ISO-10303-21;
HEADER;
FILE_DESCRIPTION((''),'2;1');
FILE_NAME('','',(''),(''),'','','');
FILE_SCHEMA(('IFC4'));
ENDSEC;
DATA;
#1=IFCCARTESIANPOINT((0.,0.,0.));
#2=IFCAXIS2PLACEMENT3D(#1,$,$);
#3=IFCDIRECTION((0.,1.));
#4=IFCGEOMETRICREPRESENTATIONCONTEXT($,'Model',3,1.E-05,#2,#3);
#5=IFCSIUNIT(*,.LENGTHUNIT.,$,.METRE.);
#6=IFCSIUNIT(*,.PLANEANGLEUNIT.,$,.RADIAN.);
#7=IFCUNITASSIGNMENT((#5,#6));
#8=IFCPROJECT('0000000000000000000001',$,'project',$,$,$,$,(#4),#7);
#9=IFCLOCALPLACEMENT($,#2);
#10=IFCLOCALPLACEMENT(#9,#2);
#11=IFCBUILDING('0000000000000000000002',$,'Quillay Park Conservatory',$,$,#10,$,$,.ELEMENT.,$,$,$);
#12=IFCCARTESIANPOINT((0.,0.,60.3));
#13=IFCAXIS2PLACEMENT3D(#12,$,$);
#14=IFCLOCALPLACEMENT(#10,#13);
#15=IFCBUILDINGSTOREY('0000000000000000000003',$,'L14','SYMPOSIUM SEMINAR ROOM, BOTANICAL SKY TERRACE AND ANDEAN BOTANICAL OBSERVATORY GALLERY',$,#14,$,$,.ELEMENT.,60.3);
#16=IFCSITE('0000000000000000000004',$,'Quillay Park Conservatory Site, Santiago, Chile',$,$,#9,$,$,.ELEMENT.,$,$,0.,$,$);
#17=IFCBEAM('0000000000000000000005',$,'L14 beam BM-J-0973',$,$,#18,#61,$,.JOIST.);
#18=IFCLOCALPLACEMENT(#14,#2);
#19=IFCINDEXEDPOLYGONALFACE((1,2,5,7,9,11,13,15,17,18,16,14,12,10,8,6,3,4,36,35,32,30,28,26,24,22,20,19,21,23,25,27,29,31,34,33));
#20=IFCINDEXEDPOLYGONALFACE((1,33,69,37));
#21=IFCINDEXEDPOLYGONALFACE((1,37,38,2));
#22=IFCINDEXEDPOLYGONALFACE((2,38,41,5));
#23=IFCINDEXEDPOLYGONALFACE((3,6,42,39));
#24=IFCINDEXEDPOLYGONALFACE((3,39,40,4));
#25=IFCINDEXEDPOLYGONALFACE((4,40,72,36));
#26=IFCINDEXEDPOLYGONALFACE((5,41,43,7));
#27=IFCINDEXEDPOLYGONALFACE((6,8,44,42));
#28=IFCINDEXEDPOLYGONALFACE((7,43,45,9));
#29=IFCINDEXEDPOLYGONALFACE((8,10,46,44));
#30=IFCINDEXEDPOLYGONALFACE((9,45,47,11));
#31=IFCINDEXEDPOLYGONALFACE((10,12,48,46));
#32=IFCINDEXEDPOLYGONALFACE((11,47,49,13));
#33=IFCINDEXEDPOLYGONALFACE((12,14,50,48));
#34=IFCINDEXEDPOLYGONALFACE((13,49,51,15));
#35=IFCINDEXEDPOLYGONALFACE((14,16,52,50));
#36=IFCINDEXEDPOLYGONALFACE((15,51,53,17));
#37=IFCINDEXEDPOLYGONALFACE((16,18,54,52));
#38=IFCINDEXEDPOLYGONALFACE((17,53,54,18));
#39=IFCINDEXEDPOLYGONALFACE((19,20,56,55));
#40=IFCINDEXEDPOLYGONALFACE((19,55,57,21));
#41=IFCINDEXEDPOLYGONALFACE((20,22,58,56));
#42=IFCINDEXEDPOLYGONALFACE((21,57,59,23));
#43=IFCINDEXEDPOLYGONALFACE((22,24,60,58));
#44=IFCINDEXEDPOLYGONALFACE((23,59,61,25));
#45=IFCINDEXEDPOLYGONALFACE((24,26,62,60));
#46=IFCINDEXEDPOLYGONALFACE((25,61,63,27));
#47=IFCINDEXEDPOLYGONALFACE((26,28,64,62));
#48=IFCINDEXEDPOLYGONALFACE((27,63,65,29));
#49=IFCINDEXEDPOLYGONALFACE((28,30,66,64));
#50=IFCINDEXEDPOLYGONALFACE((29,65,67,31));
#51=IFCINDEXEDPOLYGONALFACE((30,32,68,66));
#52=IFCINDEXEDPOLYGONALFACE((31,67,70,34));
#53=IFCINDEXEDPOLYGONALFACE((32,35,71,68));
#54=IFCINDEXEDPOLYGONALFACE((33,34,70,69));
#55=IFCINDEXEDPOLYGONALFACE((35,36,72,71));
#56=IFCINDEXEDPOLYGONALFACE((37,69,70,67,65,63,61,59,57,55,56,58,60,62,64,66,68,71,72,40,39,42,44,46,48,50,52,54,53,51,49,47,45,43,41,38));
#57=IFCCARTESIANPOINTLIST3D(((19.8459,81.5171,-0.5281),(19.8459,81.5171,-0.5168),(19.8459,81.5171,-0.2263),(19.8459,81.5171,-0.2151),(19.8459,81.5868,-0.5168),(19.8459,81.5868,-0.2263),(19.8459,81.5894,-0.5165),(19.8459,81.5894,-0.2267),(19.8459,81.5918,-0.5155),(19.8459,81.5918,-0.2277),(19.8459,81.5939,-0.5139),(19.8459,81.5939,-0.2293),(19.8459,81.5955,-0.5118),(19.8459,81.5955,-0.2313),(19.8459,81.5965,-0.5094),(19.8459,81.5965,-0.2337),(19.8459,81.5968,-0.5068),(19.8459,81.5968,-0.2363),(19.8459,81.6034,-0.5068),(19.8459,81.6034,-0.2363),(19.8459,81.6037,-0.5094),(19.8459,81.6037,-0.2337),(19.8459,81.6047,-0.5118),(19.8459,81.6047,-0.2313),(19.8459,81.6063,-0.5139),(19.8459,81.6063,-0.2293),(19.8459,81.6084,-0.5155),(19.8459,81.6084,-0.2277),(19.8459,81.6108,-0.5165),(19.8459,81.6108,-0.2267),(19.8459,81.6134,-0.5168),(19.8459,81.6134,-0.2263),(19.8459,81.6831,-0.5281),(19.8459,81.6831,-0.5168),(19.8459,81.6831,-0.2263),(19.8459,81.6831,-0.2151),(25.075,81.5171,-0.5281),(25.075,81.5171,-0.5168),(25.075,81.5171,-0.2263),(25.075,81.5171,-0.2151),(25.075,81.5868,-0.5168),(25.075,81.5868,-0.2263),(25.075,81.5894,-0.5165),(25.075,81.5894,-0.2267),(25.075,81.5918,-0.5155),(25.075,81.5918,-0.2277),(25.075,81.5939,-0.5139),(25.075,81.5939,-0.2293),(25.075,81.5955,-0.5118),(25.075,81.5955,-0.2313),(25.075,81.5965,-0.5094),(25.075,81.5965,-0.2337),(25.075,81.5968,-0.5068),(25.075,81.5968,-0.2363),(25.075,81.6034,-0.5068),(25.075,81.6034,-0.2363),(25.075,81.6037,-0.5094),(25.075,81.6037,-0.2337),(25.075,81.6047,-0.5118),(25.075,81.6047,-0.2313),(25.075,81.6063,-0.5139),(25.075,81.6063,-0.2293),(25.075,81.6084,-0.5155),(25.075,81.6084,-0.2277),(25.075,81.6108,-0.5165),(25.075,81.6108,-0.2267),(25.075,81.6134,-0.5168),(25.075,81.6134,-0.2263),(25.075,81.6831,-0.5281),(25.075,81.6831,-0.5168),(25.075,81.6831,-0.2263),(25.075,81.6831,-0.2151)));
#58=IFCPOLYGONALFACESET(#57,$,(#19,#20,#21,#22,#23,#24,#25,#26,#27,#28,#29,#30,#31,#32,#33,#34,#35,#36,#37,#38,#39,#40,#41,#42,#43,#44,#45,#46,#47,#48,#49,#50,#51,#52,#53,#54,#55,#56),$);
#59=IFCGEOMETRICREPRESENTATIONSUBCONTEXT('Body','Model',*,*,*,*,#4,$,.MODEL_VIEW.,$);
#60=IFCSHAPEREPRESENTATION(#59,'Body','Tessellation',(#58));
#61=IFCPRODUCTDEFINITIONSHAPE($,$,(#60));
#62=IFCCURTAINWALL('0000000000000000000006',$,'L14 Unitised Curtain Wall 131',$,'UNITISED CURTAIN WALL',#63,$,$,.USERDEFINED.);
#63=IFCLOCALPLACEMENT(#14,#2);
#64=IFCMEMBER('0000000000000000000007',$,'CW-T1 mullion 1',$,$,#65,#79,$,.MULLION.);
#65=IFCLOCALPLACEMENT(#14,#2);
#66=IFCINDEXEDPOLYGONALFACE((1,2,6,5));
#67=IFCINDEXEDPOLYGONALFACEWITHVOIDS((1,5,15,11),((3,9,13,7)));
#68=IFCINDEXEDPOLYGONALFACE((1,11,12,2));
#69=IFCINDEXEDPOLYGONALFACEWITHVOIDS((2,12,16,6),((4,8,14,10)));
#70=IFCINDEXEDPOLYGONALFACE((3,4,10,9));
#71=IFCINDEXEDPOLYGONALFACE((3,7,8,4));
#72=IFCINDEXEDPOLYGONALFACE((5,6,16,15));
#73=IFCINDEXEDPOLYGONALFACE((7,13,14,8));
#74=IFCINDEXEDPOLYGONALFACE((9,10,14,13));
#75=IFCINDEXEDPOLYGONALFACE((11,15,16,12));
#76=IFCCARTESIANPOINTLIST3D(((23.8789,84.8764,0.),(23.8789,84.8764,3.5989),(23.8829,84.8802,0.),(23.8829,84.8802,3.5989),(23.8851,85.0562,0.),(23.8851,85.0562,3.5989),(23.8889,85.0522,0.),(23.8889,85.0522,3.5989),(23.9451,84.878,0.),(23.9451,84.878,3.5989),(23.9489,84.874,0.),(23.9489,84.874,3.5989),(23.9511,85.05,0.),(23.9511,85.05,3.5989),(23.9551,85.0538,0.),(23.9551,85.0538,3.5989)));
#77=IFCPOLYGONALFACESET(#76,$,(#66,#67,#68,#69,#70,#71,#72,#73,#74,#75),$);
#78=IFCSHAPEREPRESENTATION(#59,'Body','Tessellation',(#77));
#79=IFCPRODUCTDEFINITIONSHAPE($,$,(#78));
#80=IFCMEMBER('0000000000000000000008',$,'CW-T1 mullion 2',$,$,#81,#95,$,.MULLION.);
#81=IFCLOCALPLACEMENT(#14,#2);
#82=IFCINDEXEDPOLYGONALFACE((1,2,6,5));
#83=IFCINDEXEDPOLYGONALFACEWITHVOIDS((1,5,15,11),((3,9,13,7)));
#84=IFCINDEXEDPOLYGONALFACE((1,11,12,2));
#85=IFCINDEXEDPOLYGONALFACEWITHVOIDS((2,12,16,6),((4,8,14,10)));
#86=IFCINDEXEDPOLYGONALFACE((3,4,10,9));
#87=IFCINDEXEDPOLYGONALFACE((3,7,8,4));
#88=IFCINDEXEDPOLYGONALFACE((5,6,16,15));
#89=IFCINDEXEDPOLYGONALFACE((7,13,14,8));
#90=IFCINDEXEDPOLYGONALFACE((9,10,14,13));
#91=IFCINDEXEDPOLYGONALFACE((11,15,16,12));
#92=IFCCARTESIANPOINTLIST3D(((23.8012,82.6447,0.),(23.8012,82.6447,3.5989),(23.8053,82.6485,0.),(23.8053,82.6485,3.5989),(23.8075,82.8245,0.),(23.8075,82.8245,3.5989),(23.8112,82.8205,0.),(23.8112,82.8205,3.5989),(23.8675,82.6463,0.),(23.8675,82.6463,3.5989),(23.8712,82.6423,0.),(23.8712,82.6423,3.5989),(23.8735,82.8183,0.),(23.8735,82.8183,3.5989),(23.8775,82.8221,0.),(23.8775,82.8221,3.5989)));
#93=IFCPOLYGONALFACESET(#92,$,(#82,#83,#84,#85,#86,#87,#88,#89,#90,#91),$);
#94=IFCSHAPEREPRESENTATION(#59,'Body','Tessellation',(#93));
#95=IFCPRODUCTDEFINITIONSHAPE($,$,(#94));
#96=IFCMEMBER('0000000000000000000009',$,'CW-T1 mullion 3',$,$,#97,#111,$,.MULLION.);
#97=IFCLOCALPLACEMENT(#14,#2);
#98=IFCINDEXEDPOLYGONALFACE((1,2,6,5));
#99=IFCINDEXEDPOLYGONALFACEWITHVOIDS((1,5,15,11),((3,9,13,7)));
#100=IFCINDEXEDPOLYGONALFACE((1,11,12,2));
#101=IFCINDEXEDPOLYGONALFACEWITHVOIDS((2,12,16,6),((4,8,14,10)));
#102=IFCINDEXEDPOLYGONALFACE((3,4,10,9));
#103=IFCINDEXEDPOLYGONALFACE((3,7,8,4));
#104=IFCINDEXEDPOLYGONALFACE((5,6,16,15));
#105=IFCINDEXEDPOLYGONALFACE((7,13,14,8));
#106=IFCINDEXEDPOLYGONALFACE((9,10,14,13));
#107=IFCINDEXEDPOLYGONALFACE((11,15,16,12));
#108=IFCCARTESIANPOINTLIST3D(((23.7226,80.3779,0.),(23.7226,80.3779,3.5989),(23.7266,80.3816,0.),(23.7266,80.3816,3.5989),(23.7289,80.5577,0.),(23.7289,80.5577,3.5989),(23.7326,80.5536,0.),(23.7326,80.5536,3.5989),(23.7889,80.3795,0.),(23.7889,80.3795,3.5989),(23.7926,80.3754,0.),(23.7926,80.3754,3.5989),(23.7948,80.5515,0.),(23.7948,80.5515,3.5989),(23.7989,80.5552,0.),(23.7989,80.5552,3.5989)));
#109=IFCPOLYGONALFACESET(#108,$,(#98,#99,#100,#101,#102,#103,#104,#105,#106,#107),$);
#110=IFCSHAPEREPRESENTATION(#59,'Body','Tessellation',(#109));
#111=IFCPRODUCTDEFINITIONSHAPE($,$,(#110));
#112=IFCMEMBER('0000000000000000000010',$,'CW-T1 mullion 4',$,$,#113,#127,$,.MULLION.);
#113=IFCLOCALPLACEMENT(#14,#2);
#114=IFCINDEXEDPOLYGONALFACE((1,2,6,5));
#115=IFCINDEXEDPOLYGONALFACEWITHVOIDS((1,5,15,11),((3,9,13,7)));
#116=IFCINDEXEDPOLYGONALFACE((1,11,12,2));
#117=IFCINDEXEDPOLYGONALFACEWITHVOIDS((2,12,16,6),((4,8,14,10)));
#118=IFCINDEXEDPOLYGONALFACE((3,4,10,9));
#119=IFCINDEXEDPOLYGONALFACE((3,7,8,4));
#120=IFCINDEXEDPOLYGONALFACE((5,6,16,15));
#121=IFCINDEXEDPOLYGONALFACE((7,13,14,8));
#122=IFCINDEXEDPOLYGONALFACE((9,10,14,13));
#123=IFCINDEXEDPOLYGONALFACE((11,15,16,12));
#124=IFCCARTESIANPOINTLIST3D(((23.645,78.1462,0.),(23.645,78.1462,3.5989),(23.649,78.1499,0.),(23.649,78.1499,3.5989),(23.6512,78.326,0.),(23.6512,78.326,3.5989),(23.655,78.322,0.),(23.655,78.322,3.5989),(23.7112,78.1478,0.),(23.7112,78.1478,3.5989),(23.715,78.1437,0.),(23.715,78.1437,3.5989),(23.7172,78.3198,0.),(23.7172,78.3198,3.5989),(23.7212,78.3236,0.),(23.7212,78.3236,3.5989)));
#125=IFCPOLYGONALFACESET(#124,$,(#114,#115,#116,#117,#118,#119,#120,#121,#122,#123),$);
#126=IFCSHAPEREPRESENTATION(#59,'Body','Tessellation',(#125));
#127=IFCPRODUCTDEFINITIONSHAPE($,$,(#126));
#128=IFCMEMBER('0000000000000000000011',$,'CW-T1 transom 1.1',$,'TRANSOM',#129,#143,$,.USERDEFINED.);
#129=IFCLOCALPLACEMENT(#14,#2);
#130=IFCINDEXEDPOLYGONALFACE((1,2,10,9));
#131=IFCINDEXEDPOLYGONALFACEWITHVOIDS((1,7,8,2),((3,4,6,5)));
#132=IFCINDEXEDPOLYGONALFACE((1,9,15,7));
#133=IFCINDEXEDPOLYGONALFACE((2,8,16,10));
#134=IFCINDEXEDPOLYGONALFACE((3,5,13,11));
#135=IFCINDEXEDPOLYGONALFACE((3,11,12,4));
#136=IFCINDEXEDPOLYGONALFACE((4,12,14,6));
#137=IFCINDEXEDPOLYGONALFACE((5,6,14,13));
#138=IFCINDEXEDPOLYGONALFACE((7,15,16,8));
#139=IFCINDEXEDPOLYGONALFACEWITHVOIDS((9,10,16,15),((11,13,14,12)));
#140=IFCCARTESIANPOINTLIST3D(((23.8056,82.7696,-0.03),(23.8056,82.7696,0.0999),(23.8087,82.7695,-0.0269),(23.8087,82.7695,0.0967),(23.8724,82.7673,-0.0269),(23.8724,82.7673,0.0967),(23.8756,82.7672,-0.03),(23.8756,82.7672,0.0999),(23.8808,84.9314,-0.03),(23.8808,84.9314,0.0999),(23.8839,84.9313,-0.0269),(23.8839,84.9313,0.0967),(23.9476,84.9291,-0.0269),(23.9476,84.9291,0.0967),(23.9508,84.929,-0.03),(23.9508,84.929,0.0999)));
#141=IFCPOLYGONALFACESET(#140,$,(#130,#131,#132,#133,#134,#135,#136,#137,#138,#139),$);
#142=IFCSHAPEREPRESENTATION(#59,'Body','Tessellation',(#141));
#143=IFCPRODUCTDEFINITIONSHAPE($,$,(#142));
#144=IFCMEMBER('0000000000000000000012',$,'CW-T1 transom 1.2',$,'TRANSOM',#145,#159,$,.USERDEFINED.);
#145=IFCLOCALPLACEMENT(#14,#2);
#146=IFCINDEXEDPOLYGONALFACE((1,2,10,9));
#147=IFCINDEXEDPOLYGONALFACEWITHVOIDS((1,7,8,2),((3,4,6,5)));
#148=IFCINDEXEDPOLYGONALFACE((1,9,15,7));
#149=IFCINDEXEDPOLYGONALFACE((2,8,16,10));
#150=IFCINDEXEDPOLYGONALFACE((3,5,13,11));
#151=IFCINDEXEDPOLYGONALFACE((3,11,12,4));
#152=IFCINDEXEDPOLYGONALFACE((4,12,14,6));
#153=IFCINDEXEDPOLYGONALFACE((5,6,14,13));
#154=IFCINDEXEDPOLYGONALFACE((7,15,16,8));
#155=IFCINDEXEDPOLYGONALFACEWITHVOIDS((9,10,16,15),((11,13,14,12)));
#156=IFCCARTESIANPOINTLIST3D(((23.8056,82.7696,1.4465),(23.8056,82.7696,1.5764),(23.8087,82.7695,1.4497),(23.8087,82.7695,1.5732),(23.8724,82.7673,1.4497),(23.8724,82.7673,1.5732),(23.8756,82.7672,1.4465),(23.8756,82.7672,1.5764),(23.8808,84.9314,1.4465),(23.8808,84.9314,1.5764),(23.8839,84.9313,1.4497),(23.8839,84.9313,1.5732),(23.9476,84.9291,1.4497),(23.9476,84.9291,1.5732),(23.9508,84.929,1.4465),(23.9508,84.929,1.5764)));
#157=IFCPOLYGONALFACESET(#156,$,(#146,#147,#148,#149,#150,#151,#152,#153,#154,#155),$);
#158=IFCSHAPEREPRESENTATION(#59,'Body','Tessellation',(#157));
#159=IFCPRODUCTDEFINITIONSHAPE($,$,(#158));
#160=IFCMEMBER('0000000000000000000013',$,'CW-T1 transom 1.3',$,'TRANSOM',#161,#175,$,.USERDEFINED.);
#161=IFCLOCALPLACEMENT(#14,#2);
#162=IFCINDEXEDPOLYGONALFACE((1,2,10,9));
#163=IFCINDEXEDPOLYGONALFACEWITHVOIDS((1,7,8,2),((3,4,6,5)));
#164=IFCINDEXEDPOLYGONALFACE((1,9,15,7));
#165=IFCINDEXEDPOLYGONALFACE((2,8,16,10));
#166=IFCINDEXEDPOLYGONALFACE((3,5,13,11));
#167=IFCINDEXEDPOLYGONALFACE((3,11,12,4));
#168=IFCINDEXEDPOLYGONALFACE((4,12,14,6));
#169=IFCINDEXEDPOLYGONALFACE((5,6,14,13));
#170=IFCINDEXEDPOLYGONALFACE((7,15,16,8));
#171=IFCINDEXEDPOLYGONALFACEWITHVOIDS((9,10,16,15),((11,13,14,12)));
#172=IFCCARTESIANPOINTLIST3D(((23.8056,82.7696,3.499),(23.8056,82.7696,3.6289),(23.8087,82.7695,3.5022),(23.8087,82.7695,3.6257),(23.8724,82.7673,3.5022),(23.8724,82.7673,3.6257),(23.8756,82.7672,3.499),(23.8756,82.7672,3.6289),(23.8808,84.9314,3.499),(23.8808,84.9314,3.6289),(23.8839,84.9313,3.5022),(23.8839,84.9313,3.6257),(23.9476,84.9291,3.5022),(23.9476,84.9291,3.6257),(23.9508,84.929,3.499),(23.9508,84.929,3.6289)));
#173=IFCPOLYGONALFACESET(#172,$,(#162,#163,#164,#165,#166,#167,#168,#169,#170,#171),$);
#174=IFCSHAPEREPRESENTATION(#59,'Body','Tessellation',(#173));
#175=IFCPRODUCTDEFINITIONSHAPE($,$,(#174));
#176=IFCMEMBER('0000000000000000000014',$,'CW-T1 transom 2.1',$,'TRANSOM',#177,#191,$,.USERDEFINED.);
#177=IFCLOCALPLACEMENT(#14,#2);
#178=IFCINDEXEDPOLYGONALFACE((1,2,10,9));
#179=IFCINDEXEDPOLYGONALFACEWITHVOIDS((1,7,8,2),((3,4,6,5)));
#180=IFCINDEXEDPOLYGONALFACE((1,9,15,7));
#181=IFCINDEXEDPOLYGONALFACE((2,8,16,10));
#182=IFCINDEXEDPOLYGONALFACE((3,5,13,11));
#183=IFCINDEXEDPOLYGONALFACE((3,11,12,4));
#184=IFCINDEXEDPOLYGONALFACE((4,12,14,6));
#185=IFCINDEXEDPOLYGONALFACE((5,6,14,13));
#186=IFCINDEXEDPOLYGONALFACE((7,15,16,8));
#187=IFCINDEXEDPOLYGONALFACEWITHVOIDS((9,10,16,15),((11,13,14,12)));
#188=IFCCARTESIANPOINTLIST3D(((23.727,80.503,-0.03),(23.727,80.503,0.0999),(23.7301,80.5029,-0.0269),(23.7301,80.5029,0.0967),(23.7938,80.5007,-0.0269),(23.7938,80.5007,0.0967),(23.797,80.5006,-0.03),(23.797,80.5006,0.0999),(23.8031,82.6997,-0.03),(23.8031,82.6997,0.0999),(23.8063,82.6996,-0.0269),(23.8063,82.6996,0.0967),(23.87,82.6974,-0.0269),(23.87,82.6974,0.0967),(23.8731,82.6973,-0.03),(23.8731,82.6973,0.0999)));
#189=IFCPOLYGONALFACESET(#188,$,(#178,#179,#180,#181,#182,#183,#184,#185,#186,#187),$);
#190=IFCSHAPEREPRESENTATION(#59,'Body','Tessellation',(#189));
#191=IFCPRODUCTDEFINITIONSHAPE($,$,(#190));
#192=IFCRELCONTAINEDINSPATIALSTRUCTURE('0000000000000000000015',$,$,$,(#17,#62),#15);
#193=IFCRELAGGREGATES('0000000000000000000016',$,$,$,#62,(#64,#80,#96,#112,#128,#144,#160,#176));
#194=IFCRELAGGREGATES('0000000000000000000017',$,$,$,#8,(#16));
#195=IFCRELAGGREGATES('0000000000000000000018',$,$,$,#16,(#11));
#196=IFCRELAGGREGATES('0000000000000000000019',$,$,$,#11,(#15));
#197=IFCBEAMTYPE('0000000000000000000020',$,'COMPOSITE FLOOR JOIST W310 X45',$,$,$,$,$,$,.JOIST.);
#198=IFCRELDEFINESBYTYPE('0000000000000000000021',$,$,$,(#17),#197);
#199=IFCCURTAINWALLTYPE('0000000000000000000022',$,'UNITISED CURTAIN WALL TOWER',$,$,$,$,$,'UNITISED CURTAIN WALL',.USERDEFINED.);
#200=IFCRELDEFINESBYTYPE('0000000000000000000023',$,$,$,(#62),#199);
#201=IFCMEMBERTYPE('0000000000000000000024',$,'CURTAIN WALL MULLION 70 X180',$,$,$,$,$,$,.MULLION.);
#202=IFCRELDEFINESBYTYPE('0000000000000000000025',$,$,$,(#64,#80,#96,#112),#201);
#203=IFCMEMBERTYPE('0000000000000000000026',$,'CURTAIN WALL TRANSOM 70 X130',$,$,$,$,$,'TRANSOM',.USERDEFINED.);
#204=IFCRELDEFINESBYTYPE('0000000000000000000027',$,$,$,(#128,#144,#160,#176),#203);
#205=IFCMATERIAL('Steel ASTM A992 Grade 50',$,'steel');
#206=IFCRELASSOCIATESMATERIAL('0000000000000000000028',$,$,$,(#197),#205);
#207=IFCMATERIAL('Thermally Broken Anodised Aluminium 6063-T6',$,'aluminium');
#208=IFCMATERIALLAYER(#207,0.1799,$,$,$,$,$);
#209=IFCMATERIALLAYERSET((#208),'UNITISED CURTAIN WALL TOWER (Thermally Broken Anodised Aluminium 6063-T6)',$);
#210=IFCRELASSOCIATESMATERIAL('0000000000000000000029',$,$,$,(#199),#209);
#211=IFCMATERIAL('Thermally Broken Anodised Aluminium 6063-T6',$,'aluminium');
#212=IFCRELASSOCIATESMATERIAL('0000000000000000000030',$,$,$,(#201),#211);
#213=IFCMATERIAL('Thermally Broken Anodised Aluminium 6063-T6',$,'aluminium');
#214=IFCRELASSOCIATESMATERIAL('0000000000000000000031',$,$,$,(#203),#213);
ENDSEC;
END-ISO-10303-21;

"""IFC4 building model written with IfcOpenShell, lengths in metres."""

from ifc_helpers import new_model, si_unit, direction, frame, origin, origin_2d, place, context, subcontext, project, spatial, hollow_rectangle, i_section, extrude, material, layer, layer_set, material_profile, profile_set, type_object, element, aggregate, save


model = new_model("IFC4")

# Units and contexts
model_context = context("Model", 3, precision=1e-05, world=origin(), true_north=direction((0.0, 1.0)))
body_context = subcontext(model_context, "Body", "Model", "MODEL_VIEW")
ifc_project = project(units=[si_unit("LENGTHUNIT", "METRE"), si_unit("PLANEANGLEUNIT", "RADIAN")], contexts=[model_context])

# Site, building, storey
site_placement = place(None, origin())
site = spatial("IfcSite", under=ifc_project, at=site_placement, Name="Quillay Park Conservatory Site, Santiago, Chile", CompositionType="ELEMENT", RefElevation=0.0)
building_placement = place(site_placement, origin())
building = spatial("IfcBuilding", under=site, at=building_placement, Name="Quillay Park Conservatory", CompositionType="ELEMENT")
storey_placement = place(building_placement, frame((0.0, 0.0, 60.3)))
storey = spatial("IfcBuildingStorey", under=building, at=storey_placement, Name="L14", Description="SYMPOSIUM SEMINAR ROOM, BOTANICAL SKY TERRACE AND ANDEAN BOTANICAL OBSERVATORY GALLERY", CompositionType="ELEMENT", Elevation=60.3)

# Beam
ifc_material_1 = material(Name="Steel ASTM A992 Grade 50", Category="steel")
ifc_material_profile_1 = material_profile(ifc_material_1, i_section(OverallWidth=0.166, OverallDepth=0.313, WebThickness=0.0066, FlangeThickness=0.0112, FilletRadius=0.01, at=origin_2d()), Name="W310x45")
ifc_profile_set_1 = profile_set([ifc_material_profile_1], Name="Steel ASTM A992 Grade 50")
beam_type = type_object("IfcBeamType", Name="COMPOSITE FLOOR JOIST W310 X45", PredefinedType="JOIST", material=ifc_profile_set_1)
beam_placement = place(storey_placement, frame((19.8459, 81.6001, -0.3716), z_axis=(1.0, 0.0, 0.0), x_axis=(0.0, 1.0, 0.0)))
element("IfcBeam", 1, at=beam_placement, inside=storey, type_object=beam_type, Name="L14 beam BM-J-0973", PredefinedType="JOIST", context=body_context, shape_type="SweptSolid", body=[
    extrude(i_section(OverallWidth=0.166, OverallDepth=0.313, WebThickness=0.0066, FlangeThickness=0.0112, FilletRadius=0.01, at=origin_2d()), origin(), (0.0, 0.0, 1.0), 5.229),
])

# Curtain wall, members
ifc_material_2 = material(Name="Thermally Broken Anodised Aluminium 6063-T6", Category="aluminium")
ifc_layer_1 = layer(ifc_material_2, 0.1799)
ifc_layer_set_1 = layer_set([ifc_layer_1], Name="UNITISED CURTAIN WALL TOWER (Thermally Broken Anodised Aluminium 6063-T6)")
curtain_wall_type = type_object("IfcCurtainWallType", Name="UNITISED CURTAIN WALL TOWER", ElementType="UNITISED CURTAIN WALL", PredefinedType="USERDEFINED", material=ifc_layer_set_1)
curtain_wall_placement = place(storey_placement, origin())
curtain_wall = element("IfcCurtainWall", 2, at=curtain_wall_placement, inside=storey, type_object=curtain_wall_type, Name="L14 Unitised Curtain Wall 131", ObjectType="UNITISED CURTAIN WALL", PredefinedType="USERDEFINED")
ifc_material_3 = material(Name="Thermally Broken Anodised Aluminium 6063-T6", Category="aluminium")
ifc_material_profile_2 = material_profile(ifc_material_3, hollow_rectangle(XDim=0.0701, YDim=0.1799, WallThickness=0.0039, at=origin_2d()), Name="AL70x180x4")
ifc_profile_set_2 = profile_set([ifc_material_profile_2], Name="Thermally Broken Anodised Aluminium 6063-T6")
member_type_1 = type_object("IfcMemberType", Name="CURTAIN WALL MULLION 70 X180", PredefinedType="MULLION", material=ifc_profile_set_2)
member_1_placement = place(storey_placement, frame((23.917, 84.9651, 0.0), z_axis=(0.0, 0.0, 1.0), x_axis=(0.999397, -0.034713, 0.0)))
member_1 = element("IfcMember", 3, at=member_1_placement, type_object=member_type_1, Name="CW-T1 mullion 1", PredefinedType="MULLION", context=body_context, shape_type="SweptSolid", body=[
    extrude(hollow_rectangle(XDim=0.0701, YDim=0.1799, WallThickness=0.0039, at=origin_2d()), origin(), (0.0, 0.0, 1.0), 3.5989),
])
member_2_placement = place(storey_placement, frame((23.8394, 82.7334, 0.0), z_axis=(0.0, 0.0, 1.0), x_axis=(0.999397, -0.034713, 0.0)))
member_2 = element("IfcMember", 4, at=member_2_placement, type_object=member_type_1, Name="CW-T1 mullion 2", PredefinedType="MULLION", context=body_context, shape_type="SweptSolid", body=[
    extrude(hollow_rectangle(XDim=0.0701, YDim=0.1799, WallThickness=0.0039, at=origin_2d()), origin(), (0.0, 0.0, 1.0), 3.5989),
])
member_3_placement = place(storey_placement, frame((23.7607, 80.4666, 0.0), z_axis=(0.0, 0.0, 1.0), x_axis=(0.999397, -0.034713, 0.0)))
member_3 = element("IfcMember", 5, at=member_3_placement, type_object=member_type_1, Name="CW-T1 mullion 3", PredefinedType="MULLION", context=body_context, shape_type="SweptSolid", body=[
    extrude(hollow_rectangle(XDim=0.0701, YDim=0.1799, WallThickness=0.0039, at=origin_2d()), origin(), (0.0, 0.0, 1.0), 3.5989),
])
member_4_placement = place(storey_placement, frame((23.6831, 78.2349, 0.0), z_axis=(0.0, 0.0, 1.0), x_axis=(0.999397, -0.034713, 0.0)))
member_4 = element("IfcMember", 6, at=member_4_placement, type_object=member_type_1, Name="CW-T1 mullion 4", PredefinedType="MULLION", context=body_context, shape_type="SweptSolid", body=[
    extrude(hollow_rectangle(XDim=0.0701, YDim=0.1799, WallThickness=0.0039, at=origin_2d()), origin(), (0.0, 0.0, 1.0), 3.5989),
])
ifc_material_4 = material(Name="Thermally Broken Anodised Aluminium 6063-T6", Category="aluminium")
ifc_material_profile_3 = material_profile(ifc_material_4, hollow_rectangle(XDim=0.0701, YDim=0.1299, WallThickness=0.0032, at=origin_2d()), Name="AL70x130x3.2")
ifc_profile_set_3 = profile_set([ifc_material_profile_3], Name="Thermally Broken Anodised Aluminium 6063-T6")
member_type_2 = type_object("IfcMemberType", Name="CURTAIN WALL TRANSOM 70 X130", ElementType="TRANSOM", PredefinedType="USERDEFINED", material=ifc_profile_set_3)
member_5_placement = place(storey_placement, frame((23.9158, 84.9302, 0.0349), z_axis=(-0.034762, -0.999396, 0.0), x_axis=(0.999396, -0.034762, 0.0)))
member_5 = element("IfcMember", 7, at=member_5_placement, type_object=member_type_2, Name="CW-T1 transom 1.1", ObjectType="TRANSOM", PredefinedType="USERDEFINED", context=body_context, shape_type="SweptSolid", body=[
    extrude(hollow_rectangle(XDim=0.0701, YDim=0.1299, WallThickness=0.0032, at=origin_2d()), origin(), (0.0, 0.0, 1.0), 2.1631),
])
member_6_placement = place(storey_placement, frame((23.9158, 84.9302, 1.5115), z_axis=(-0.034762, -0.999396, 0.0), x_axis=(0.999396, -0.034762, 0.0)))
member_6 = element("IfcMember", 8, at=member_6_placement, type_object=member_type_2, Name="CW-T1 transom 1.2", ObjectType="TRANSOM", PredefinedType="USERDEFINED", context=body_context, shape_type="SweptSolid", body=[
    extrude(hollow_rectangle(XDim=0.0701, YDim=0.1299, WallThickness=0.0032, at=origin_2d()), origin(), (0.0, 0.0, 1.0), 2.1631),
])
member_7_placement = place(storey_placement, frame((23.9158, 84.9302, 3.564), z_axis=(-0.034762, -0.999396, 0.0), x_axis=(0.999396, -0.034762, 0.0)))
member_7 = element("IfcMember", 9, at=member_7_placement, type_object=member_type_2, Name="CW-T1 transom 1.3", ObjectType="TRANSOM", PredefinedType="USERDEFINED", context=body_context, shape_type="SweptSolid", body=[
    extrude(hollow_rectangle(XDim=0.0701, YDim=0.1299, WallThickness=0.0032, at=origin_2d()), origin(), (0.0, 0.0, 1.0), 2.1631),
])
member_8_placement = place(storey_placement, frame((23.8381, 82.6985, 0.0349), z_axis=(-0.034654, -0.999399, 0.0), x_axis=(0.999399, -0.034654, 0.0)))
member_8 = element("IfcMember", 10, at=member_8_placement, type_object=member_type_2, Name="CW-T1 transom 2.1", ObjectType="TRANSOM", PredefinedType="USERDEFINED", context=body_context, shape_type="SweptSolid", body=[
    extrude(hollow_rectangle(XDim=0.0701, YDim=0.1299, WallThickness=0.0032, at=origin_2d()), origin(), (0.0, 0.0, 1.0), 2.198),
])
aggregate(curtain_wall, [member_1, member_2, member_3, member_4, member_5, member_6, member_7, member_8])

save(model, "model.ifc")
